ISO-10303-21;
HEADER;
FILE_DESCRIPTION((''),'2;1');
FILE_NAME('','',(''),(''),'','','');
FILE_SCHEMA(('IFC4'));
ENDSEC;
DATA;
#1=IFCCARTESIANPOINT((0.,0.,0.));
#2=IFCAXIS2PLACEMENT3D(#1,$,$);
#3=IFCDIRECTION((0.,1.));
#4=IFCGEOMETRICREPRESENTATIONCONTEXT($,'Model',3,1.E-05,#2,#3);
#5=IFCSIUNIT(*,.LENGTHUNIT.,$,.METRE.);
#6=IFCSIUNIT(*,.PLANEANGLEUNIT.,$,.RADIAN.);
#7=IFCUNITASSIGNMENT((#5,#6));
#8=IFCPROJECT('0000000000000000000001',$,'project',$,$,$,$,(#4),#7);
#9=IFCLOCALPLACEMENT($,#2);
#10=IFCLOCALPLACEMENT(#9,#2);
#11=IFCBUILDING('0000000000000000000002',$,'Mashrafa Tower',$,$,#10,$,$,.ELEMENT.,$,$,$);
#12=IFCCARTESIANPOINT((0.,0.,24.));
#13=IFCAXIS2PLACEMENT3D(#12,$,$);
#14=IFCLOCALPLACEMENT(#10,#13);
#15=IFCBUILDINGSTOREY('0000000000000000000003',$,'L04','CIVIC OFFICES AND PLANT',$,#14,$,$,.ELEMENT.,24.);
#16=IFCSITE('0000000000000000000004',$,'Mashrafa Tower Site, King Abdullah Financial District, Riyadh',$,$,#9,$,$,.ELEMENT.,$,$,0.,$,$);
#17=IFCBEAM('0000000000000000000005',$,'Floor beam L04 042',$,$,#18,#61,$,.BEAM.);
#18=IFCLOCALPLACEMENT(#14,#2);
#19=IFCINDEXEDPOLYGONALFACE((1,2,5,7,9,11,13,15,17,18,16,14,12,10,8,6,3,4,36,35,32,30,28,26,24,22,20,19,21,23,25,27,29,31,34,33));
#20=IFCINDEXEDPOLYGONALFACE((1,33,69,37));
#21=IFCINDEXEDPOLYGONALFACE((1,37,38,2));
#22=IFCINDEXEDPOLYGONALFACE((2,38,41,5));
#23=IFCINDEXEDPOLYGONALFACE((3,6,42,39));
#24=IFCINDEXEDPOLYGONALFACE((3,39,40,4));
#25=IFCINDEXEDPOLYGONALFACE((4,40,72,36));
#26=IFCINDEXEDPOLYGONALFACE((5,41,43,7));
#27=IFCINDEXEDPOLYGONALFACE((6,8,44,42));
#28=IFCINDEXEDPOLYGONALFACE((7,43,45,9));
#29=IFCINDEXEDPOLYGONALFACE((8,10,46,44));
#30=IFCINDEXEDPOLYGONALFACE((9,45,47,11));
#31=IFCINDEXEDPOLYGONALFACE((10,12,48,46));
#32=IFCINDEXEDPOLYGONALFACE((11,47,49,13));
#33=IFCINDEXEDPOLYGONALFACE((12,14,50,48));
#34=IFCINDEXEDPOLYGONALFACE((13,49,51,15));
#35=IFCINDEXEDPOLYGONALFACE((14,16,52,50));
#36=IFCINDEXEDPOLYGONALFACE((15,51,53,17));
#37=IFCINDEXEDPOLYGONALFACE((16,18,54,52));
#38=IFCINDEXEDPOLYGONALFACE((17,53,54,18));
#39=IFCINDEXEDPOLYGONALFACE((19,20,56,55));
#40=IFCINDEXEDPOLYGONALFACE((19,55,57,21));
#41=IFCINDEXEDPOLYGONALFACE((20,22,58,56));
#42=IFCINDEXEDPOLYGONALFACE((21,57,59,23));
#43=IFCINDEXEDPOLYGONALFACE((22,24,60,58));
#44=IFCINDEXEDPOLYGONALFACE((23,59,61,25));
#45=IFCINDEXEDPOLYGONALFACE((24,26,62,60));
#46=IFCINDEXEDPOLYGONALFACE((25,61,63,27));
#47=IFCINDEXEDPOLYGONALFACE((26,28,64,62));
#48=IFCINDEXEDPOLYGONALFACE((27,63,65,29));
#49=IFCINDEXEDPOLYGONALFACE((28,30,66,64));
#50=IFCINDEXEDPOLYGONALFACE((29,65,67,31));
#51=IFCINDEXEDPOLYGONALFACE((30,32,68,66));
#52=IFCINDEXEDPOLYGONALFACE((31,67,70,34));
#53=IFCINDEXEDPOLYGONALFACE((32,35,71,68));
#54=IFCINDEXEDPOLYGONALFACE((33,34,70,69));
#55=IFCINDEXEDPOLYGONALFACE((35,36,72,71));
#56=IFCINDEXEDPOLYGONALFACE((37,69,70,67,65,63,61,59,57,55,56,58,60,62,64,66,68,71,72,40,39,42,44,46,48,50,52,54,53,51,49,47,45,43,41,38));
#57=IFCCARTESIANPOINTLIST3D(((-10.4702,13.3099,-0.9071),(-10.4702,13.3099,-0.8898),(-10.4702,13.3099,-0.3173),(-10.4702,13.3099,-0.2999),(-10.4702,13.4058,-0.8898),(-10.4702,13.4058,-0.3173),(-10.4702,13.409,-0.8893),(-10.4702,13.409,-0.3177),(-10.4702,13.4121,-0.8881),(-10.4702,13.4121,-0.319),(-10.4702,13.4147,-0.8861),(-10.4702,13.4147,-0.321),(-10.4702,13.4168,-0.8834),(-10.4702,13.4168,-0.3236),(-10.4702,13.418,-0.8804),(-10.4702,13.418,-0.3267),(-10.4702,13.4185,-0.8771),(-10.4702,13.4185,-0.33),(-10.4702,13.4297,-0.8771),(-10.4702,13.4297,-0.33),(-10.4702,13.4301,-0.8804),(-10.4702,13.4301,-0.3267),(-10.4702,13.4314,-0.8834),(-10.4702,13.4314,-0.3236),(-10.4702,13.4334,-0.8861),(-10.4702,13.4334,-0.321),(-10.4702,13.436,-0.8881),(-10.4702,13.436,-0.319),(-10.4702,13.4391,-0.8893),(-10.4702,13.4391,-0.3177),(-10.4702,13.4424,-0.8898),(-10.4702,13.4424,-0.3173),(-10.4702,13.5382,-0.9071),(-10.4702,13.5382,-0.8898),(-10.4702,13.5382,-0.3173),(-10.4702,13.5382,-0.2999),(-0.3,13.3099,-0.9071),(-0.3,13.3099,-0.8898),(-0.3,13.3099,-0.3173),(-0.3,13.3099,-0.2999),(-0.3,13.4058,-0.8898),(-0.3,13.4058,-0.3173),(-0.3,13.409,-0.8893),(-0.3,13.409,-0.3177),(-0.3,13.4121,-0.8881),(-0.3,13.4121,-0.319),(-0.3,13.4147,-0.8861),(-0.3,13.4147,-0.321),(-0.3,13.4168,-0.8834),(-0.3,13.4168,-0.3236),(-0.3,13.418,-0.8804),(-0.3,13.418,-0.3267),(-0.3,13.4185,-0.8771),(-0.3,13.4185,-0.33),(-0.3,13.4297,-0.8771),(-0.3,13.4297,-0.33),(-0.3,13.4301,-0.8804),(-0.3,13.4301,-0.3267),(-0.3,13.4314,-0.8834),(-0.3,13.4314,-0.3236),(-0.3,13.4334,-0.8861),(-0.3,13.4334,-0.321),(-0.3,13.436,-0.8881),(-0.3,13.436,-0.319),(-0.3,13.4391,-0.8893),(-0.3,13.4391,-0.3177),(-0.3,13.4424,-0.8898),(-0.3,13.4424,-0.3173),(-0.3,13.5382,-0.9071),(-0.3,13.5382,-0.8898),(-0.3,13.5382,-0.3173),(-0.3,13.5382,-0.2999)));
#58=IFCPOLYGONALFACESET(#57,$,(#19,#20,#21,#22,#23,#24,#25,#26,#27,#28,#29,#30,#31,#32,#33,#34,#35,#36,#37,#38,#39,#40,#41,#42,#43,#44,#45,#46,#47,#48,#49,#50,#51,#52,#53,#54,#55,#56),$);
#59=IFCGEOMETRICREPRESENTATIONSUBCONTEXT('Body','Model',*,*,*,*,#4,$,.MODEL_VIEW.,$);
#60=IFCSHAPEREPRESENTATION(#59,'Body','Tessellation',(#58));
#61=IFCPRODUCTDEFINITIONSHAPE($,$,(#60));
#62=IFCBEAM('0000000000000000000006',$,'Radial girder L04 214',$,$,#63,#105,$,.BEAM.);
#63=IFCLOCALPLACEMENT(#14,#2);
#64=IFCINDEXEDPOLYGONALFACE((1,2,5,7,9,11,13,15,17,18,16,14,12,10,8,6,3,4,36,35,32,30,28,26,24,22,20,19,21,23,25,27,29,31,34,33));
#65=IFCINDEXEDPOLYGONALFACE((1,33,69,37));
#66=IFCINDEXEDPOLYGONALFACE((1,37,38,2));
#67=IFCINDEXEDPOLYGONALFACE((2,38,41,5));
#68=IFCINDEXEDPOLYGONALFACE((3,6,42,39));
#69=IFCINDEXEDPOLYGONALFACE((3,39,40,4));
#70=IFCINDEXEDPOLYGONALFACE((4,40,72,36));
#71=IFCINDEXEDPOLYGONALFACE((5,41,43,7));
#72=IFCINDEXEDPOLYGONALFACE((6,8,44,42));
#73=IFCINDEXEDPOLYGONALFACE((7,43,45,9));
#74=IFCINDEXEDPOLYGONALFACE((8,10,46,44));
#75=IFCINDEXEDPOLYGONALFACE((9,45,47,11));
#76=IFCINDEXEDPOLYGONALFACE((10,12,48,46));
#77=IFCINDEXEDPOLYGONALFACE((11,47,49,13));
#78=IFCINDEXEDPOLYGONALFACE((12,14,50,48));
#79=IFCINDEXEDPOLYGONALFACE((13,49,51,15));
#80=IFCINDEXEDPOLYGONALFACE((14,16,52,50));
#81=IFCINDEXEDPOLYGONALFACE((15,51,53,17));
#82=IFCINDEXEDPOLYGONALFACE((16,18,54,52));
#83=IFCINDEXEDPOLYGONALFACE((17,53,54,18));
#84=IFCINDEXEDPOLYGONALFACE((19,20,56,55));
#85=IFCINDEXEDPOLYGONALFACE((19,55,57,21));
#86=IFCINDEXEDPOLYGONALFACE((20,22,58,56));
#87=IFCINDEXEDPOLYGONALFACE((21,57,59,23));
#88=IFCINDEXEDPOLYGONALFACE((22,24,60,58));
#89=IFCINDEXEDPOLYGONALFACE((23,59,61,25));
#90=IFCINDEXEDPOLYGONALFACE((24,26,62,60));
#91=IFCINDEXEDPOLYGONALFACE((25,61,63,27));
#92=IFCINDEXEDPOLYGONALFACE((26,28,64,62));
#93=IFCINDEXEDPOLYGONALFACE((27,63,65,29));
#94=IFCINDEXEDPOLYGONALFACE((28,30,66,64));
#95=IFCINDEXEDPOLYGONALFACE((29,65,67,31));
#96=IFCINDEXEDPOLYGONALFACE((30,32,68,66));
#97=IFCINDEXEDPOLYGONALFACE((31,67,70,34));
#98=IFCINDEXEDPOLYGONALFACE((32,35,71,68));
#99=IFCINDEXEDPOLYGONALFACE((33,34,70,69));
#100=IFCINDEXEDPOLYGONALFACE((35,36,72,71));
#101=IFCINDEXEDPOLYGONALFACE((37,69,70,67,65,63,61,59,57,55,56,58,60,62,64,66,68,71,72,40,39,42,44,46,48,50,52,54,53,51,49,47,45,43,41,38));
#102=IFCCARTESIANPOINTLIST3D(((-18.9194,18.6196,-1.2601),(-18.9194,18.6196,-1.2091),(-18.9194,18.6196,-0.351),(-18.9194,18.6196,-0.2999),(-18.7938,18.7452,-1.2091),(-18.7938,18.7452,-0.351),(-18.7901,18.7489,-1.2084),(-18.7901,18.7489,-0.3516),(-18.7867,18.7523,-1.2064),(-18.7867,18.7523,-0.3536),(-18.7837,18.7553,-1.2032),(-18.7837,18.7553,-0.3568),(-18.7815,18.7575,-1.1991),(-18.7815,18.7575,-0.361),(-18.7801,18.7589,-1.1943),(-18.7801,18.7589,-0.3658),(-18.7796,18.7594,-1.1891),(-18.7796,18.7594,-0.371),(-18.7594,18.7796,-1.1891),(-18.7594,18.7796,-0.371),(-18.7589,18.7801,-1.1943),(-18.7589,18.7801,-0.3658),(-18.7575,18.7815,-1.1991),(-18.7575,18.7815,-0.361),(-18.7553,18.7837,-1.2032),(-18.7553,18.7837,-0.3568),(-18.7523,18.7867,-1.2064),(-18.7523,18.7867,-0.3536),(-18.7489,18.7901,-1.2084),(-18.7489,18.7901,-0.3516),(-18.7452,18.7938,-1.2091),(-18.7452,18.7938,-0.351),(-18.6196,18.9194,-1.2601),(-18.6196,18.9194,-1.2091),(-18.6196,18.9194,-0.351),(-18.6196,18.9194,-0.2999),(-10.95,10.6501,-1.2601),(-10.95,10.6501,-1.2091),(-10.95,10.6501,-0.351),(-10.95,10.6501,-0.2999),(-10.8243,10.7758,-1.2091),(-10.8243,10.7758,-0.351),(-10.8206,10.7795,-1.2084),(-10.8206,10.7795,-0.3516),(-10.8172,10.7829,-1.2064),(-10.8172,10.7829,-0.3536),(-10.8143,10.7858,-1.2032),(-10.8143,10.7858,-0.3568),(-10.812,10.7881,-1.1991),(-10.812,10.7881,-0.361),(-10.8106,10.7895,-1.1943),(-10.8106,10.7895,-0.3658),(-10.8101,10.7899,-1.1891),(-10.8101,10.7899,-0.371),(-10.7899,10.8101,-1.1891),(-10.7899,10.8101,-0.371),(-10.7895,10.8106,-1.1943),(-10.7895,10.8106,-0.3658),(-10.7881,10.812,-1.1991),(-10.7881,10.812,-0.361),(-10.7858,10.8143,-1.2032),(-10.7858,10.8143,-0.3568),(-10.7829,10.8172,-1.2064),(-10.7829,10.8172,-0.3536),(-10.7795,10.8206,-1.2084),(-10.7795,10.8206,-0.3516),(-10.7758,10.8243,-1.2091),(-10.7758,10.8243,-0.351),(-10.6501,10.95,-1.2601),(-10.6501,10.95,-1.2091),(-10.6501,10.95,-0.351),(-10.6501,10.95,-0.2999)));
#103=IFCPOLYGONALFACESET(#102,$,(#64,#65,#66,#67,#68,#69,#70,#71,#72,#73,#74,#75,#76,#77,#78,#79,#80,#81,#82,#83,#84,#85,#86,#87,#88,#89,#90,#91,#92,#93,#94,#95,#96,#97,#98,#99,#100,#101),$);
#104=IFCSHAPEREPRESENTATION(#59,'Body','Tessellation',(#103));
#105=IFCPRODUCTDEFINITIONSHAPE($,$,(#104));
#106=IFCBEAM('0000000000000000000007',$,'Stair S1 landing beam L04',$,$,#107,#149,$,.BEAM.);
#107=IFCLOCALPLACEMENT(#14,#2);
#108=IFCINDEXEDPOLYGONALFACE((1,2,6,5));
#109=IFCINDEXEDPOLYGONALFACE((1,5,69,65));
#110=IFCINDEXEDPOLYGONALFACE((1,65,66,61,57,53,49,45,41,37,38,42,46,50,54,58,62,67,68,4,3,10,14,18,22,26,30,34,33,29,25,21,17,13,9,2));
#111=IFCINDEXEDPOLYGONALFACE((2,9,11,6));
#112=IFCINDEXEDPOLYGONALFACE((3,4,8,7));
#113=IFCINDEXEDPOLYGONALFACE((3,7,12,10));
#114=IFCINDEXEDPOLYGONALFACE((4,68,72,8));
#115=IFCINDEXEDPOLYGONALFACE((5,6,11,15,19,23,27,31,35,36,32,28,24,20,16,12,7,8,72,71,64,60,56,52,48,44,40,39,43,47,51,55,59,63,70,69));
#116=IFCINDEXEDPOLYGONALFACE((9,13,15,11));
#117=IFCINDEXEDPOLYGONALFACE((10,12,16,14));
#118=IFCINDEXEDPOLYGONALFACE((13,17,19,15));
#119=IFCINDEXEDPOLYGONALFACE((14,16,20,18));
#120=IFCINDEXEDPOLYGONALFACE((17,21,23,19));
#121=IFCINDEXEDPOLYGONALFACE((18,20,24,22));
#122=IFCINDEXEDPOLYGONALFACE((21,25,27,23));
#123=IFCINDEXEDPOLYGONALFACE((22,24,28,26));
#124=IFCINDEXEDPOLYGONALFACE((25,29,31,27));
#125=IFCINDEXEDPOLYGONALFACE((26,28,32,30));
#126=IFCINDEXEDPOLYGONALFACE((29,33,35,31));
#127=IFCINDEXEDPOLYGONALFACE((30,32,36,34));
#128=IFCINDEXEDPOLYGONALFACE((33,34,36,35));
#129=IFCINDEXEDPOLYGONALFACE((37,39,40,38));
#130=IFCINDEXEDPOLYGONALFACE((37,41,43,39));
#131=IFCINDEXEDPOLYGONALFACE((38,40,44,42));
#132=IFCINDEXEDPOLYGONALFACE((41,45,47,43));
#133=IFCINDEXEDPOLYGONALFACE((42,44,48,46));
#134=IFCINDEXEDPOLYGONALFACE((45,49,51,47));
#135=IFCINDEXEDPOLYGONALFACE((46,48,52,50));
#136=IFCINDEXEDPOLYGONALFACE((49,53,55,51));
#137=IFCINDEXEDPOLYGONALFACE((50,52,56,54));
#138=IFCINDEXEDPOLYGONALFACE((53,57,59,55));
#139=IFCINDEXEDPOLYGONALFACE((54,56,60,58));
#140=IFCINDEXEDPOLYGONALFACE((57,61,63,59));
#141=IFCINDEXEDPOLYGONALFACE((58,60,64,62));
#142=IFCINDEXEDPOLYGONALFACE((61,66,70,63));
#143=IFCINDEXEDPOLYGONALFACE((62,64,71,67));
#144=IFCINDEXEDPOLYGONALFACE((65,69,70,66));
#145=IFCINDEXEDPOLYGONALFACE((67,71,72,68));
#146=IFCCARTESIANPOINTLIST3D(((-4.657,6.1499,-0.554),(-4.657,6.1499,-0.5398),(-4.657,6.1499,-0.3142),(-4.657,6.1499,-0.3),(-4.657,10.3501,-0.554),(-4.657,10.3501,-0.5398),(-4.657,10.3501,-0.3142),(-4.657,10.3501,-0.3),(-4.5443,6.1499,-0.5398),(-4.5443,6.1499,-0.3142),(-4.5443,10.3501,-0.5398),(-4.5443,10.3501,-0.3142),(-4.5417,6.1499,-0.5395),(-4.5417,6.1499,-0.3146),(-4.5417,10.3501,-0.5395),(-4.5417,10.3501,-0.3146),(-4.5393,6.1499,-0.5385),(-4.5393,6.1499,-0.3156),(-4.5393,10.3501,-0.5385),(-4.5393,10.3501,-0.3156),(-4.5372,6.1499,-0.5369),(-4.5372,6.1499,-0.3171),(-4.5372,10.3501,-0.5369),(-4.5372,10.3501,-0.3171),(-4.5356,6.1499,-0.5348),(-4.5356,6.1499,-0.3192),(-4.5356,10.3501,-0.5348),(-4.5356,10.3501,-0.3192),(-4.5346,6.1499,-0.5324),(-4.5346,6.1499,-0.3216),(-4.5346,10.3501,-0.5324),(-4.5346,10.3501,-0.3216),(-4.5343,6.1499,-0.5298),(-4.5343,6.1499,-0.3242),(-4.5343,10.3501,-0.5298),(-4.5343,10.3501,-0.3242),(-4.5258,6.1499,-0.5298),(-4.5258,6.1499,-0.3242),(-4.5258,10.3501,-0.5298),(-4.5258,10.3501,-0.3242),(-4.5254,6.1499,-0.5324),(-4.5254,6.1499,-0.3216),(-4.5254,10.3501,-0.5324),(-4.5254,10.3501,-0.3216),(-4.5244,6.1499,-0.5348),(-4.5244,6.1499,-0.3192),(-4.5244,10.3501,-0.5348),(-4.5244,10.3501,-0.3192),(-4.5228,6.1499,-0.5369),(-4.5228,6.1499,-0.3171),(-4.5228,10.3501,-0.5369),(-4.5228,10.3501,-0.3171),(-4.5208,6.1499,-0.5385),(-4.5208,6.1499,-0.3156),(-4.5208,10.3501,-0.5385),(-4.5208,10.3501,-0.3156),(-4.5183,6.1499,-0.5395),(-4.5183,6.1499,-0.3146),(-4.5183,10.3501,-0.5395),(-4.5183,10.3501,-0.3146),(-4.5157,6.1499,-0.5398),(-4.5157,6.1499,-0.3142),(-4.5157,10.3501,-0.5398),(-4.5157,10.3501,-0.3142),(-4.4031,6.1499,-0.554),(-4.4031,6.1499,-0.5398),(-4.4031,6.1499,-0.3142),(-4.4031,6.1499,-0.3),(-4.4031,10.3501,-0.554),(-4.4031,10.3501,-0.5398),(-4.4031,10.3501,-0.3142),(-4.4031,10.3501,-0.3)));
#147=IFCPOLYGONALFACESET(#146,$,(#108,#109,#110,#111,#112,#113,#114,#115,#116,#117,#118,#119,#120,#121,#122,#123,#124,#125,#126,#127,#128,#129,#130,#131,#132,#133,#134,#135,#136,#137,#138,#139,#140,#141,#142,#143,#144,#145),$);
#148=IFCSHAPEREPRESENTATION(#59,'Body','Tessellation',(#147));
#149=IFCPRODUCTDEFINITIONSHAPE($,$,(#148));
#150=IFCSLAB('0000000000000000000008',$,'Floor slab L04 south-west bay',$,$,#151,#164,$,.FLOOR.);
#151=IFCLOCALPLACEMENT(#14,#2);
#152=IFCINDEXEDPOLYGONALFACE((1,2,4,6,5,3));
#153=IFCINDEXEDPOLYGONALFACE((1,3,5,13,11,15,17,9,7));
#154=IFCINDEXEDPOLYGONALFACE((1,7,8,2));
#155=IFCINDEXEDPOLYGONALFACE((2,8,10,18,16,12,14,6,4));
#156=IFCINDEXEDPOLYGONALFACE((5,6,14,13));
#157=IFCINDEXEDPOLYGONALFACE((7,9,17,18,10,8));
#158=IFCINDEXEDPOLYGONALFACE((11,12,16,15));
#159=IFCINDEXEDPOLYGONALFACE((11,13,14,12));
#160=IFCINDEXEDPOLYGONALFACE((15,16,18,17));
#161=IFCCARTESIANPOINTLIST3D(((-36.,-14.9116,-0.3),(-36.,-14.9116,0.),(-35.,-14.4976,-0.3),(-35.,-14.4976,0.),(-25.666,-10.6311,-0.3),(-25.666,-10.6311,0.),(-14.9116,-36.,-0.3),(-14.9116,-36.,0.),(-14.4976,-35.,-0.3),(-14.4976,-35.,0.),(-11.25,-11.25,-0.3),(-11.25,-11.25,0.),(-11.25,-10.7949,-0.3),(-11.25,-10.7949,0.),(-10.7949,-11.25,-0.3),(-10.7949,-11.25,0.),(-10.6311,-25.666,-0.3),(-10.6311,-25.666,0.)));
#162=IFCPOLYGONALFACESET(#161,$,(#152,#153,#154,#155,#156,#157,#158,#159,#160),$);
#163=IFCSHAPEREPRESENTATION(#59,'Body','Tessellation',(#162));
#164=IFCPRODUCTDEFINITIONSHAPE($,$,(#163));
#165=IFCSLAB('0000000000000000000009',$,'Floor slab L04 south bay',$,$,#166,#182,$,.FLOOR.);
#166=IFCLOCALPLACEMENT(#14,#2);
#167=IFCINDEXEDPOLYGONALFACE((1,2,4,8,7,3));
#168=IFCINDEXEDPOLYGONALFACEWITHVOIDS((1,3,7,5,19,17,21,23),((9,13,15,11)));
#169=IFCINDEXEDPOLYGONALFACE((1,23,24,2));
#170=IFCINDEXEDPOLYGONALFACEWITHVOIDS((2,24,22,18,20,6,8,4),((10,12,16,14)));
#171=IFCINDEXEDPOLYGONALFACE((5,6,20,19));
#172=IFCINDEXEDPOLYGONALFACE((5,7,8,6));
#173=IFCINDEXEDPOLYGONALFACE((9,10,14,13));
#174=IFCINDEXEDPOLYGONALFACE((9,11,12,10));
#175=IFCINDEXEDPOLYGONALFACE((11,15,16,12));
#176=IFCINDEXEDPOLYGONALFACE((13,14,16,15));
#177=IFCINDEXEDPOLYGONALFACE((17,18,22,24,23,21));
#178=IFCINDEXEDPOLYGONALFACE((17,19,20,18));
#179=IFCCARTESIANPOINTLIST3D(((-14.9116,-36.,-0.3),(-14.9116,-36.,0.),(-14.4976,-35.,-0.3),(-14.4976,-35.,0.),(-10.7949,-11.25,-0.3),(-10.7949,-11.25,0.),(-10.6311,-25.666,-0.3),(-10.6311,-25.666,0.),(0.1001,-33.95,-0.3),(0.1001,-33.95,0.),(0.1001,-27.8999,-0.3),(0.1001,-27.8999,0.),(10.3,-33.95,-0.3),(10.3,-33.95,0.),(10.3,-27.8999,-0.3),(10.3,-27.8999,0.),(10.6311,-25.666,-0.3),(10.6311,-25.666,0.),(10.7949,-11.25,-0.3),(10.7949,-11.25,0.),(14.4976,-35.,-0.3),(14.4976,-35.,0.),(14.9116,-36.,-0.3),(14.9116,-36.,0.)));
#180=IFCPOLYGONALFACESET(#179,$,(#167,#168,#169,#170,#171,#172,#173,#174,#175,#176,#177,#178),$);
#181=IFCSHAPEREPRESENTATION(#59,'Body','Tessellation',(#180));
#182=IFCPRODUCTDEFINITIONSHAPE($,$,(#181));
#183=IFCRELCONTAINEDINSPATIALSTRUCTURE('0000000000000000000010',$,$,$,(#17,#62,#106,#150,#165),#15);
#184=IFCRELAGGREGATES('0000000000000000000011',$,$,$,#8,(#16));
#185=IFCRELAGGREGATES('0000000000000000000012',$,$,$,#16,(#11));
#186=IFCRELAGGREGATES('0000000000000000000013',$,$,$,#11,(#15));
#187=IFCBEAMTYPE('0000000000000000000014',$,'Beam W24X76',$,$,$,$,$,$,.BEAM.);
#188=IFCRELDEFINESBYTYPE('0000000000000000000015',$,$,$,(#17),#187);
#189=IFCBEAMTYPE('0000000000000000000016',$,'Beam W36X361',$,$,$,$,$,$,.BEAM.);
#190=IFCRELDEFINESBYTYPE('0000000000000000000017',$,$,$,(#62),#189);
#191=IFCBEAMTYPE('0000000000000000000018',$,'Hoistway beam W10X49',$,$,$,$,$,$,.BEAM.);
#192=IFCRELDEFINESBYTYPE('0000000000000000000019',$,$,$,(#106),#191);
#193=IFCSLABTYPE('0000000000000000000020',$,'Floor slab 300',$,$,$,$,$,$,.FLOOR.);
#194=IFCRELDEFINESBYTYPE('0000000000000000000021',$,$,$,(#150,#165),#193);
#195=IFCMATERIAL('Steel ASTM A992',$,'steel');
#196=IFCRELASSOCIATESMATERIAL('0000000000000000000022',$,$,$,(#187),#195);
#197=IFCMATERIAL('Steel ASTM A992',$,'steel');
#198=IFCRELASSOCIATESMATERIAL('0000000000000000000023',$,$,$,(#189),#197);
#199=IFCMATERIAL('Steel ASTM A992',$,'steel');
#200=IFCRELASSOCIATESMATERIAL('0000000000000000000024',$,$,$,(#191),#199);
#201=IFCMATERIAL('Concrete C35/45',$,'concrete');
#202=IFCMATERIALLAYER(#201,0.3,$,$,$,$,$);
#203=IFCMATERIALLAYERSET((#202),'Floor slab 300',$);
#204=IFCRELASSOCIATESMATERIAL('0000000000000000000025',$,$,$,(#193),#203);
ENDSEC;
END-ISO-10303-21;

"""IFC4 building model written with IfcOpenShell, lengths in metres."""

from ifc_helpers import new_model, si_unit, direction, frame, origin, origin_2d, place, context, subcontext, project, spatial, polyline, i_section, outline, extrude, material, layer, layer_set, material_profile, profile_set, type_object, element, save


model = new_model("IFC4")

# Units and contexts
model_context = context("Model", 3, precision=1e-05, world=origin(), true_north=direction((0.0, 1.0)))
body_context = subcontext(model_context, "Body", "Model", "MODEL_VIEW")
ifc_project = project(units=[si_unit("LENGTHUNIT", "METRE"), si_unit("PLANEANGLEUNIT", "RADIAN")], contexts=[model_context])

# Site, building, storey
site_placement = place(None, origin())
site = spatial("IfcSite", under=ifc_project, at=site_placement, Name="Mashrafa Tower Site, King Abdullah Financial District, Riyadh", CompositionType="ELEMENT", RefElevation=0.0)
building_placement = place(site_placement, origin())
building = spatial("IfcBuilding", under=site, at=building_placement, Name="Mashrafa Tower", CompositionType="ELEMENT")
storey_placement = place(building_placement, frame((0.0, 0.0, 24.0)))
storey = spatial("IfcBuildingStorey", under=building, at=storey_placement, Name="L04", Description="CIVIC OFFICES AND PLANT", CompositionType="ELEMENT", Elevation=24.0)

# Beams
ifc_material_1 = material(Name="Steel ASTM A992", Category="steel")
ifc_material_profile_1 = material_profile(ifc_material_1, i_section(OverallWidth=0.2283, OverallDepth=0.6072, WebThickness=0.0112, FlangeThickness=0.0173, FilletRadius=0.0127, at=origin_2d()), Name="W24X76")
ifc_profile_set_1 = profile_set([ifc_material_profile_1], Name="Steel ASTM A992")
beam_type_1 = type_object("IfcBeamType", Name="Beam W24X76", PredefinedType="BEAM", material=ifc_profile_set_1)
for number, where, z_axis, x_axis, name in (
    (1, (-10.4702, 13.4241, -0.6035), (1.0, 0.0, 0.0), (0.0, 1.0, 0.0), "Floor beam L04 042"),
):
    element("IfcBeam", number, at=place(storey_placement, frame(where, z_axis=z_axis, x_axis=x_axis)), inside=storey, type_object=beam_type_1, Name=name, PredefinedType="BEAM", context=body_context, shape_type="SweptSolid", body=[
        extrude(i_section(OverallWidth=0.2283, OverallDepth=0.6072, WebThickness=0.0112, FlangeThickness=0.0173, FilletRadius=0.0127, at=origin_2d()), origin(), (0.0, 0.0, 1.0), 10.1702),
    ])
ifc_material_2 = material(Name="Steel ASTM A992", Category="steel")
ifc_material_profile_2 = material_profile(ifc_material_2, i_section(OverallWidth=0.4241, OverallDepth=0.9602, WebThickness=0.0286, FlangeThickness=0.051, FilletRadius=0.02, at=origin_2d()), Name="W36X361")
ifc_profile_set_2 = profile_set([ifc_material_profile_2], Name="Steel ASTM A992")
beam_type_2 = type_object("IfcBeamType", Name="Beam W36X361", PredefinedType="BEAM", material=ifc_profile_set_2)
beam_1_placement = place(storey_placement, frame((-10.8, 10.8, -0.78), z_axis=(-0.707107, 0.707107, 0.0), x_axis=(-0.707107, -0.707107, 0.0)))
element("IfcBeam", 2, at=beam_1_placement, inside=storey, type_object=beam_type_2, Name="Radial girder L04 214", PredefinedType="BEAM", context=body_context, shape_type="SweptSolid", body=[
    extrude(i_section(OverallWidth=0.4241, OverallDepth=0.9602, WebThickness=0.0286, FlangeThickness=0.051, FilletRadius=0.02, at=origin_2d()), origin(), (0.0, 0.0, 1.0), 11.2705),
])
ifc_material_3 = material(Name="Steel ASTM A992", Category="steel")
ifc_material_profile_3 = material_profile(ifc_material_3, i_section(OverallWidth=0.2539, OverallDepth=0.2539, WebThickness=0.0085, FlangeThickness=0.0142, FilletRadius=0.01, at=origin_2d()), Name="W10X49")
ifc_profile_set_3 = profile_set([ifc_material_profile_3], Name="Steel ASTM A992")
beam_type_3 = type_object("IfcBeamType", Name="Hoistway beam W10X49", PredefinedType="BEAM", material=ifc_profile_set_3)
beam_2_placement = place(storey_placement, frame((-4.53, 6.1499, -0.427), z_axis=(0.0, 1.0, 0.0), x_axis=(-1.0, 0.0, 0.0)))
element("IfcBeam", 3, at=beam_2_placement, inside=storey, type_object=beam_type_3, Name="Stair S1 landing beam L04", PredefinedType="BEAM", context=body_context, shape_type="SweptSolid", body=[
    extrude(i_section(OverallWidth=0.2539, OverallDepth=0.2539, WebThickness=0.0085, FlangeThickness=0.0142, FilletRadius=0.01, at=origin_2d()), origin(), (0.0, 0.0, 1.0), 4.2002),
])

# Slabs
ifc_material_4 = material(Name="Concrete C35/45", Category="concrete")
ifc_layer_1 = layer(ifc_material_4, 0.3)
ifc_layer_set_1 = layer_set([ifc_layer_1], Name="Floor slab 300")
slab_type = type_object("IfcSlabType", Name="Floor slab 300", PredefinedType="FLOOR", material=ifc_layer_set_1)
slab_1_placement = place(storey_placement, frame((0.0, 0.0, -0.3)))
element("IfcSlab", 4, at=slab_1_placement, inside=storey, type_object=slab_type, Name="Floor slab L04 south-west bay", PredefinedType="FLOOR", context=body_context, shape_type="SweptSolid", body=[
    extrude(outline(polyline([(-36.0, -14.9116), (-35.0, -14.4976), (-25.666, -10.6311), (-11.25, -10.7949), (-11.25, -11.25), (-10.7949, -11.25), (-10.6311, -25.666), (-14.4976, -35.0), (-14.9116, -36.0), (-36.0, -14.9116)])), origin(), (0.0, 0.0, 1.0), 0.3),
])
slab_2_placement = place(storey_placement, frame((0.0, 0.0, -0.3)))
element("IfcSlab", 5, at=slab_2_placement, inside=storey, type_object=slab_type, Name="Floor slab L04 south bay", PredefinedType="FLOOR", context=body_context, shape_type="SweptSolid", body=[
    extrude(outline(polyline([(-14.9116, -36.0), (-14.9116, -36.0), (-14.4976, -35.0), (-10.6311, -25.666), (-10.7949, -11.25), (10.7949, -11.25), (10.6311, -25.666), (14.4976, -35.0), (14.9116, -36.0), (14.9116, -36.0), (-14.9116, -36.0)]), holes=[polyline([(10.3, -33.95), (10.3, -27.8999), (0.1001, -27.8999), (0.1001, -33.95), (10.3, -33.95)])]), origin(), (0.0, 0.0, 1.0), 0.3),
])

save(model, "model.ifc")
